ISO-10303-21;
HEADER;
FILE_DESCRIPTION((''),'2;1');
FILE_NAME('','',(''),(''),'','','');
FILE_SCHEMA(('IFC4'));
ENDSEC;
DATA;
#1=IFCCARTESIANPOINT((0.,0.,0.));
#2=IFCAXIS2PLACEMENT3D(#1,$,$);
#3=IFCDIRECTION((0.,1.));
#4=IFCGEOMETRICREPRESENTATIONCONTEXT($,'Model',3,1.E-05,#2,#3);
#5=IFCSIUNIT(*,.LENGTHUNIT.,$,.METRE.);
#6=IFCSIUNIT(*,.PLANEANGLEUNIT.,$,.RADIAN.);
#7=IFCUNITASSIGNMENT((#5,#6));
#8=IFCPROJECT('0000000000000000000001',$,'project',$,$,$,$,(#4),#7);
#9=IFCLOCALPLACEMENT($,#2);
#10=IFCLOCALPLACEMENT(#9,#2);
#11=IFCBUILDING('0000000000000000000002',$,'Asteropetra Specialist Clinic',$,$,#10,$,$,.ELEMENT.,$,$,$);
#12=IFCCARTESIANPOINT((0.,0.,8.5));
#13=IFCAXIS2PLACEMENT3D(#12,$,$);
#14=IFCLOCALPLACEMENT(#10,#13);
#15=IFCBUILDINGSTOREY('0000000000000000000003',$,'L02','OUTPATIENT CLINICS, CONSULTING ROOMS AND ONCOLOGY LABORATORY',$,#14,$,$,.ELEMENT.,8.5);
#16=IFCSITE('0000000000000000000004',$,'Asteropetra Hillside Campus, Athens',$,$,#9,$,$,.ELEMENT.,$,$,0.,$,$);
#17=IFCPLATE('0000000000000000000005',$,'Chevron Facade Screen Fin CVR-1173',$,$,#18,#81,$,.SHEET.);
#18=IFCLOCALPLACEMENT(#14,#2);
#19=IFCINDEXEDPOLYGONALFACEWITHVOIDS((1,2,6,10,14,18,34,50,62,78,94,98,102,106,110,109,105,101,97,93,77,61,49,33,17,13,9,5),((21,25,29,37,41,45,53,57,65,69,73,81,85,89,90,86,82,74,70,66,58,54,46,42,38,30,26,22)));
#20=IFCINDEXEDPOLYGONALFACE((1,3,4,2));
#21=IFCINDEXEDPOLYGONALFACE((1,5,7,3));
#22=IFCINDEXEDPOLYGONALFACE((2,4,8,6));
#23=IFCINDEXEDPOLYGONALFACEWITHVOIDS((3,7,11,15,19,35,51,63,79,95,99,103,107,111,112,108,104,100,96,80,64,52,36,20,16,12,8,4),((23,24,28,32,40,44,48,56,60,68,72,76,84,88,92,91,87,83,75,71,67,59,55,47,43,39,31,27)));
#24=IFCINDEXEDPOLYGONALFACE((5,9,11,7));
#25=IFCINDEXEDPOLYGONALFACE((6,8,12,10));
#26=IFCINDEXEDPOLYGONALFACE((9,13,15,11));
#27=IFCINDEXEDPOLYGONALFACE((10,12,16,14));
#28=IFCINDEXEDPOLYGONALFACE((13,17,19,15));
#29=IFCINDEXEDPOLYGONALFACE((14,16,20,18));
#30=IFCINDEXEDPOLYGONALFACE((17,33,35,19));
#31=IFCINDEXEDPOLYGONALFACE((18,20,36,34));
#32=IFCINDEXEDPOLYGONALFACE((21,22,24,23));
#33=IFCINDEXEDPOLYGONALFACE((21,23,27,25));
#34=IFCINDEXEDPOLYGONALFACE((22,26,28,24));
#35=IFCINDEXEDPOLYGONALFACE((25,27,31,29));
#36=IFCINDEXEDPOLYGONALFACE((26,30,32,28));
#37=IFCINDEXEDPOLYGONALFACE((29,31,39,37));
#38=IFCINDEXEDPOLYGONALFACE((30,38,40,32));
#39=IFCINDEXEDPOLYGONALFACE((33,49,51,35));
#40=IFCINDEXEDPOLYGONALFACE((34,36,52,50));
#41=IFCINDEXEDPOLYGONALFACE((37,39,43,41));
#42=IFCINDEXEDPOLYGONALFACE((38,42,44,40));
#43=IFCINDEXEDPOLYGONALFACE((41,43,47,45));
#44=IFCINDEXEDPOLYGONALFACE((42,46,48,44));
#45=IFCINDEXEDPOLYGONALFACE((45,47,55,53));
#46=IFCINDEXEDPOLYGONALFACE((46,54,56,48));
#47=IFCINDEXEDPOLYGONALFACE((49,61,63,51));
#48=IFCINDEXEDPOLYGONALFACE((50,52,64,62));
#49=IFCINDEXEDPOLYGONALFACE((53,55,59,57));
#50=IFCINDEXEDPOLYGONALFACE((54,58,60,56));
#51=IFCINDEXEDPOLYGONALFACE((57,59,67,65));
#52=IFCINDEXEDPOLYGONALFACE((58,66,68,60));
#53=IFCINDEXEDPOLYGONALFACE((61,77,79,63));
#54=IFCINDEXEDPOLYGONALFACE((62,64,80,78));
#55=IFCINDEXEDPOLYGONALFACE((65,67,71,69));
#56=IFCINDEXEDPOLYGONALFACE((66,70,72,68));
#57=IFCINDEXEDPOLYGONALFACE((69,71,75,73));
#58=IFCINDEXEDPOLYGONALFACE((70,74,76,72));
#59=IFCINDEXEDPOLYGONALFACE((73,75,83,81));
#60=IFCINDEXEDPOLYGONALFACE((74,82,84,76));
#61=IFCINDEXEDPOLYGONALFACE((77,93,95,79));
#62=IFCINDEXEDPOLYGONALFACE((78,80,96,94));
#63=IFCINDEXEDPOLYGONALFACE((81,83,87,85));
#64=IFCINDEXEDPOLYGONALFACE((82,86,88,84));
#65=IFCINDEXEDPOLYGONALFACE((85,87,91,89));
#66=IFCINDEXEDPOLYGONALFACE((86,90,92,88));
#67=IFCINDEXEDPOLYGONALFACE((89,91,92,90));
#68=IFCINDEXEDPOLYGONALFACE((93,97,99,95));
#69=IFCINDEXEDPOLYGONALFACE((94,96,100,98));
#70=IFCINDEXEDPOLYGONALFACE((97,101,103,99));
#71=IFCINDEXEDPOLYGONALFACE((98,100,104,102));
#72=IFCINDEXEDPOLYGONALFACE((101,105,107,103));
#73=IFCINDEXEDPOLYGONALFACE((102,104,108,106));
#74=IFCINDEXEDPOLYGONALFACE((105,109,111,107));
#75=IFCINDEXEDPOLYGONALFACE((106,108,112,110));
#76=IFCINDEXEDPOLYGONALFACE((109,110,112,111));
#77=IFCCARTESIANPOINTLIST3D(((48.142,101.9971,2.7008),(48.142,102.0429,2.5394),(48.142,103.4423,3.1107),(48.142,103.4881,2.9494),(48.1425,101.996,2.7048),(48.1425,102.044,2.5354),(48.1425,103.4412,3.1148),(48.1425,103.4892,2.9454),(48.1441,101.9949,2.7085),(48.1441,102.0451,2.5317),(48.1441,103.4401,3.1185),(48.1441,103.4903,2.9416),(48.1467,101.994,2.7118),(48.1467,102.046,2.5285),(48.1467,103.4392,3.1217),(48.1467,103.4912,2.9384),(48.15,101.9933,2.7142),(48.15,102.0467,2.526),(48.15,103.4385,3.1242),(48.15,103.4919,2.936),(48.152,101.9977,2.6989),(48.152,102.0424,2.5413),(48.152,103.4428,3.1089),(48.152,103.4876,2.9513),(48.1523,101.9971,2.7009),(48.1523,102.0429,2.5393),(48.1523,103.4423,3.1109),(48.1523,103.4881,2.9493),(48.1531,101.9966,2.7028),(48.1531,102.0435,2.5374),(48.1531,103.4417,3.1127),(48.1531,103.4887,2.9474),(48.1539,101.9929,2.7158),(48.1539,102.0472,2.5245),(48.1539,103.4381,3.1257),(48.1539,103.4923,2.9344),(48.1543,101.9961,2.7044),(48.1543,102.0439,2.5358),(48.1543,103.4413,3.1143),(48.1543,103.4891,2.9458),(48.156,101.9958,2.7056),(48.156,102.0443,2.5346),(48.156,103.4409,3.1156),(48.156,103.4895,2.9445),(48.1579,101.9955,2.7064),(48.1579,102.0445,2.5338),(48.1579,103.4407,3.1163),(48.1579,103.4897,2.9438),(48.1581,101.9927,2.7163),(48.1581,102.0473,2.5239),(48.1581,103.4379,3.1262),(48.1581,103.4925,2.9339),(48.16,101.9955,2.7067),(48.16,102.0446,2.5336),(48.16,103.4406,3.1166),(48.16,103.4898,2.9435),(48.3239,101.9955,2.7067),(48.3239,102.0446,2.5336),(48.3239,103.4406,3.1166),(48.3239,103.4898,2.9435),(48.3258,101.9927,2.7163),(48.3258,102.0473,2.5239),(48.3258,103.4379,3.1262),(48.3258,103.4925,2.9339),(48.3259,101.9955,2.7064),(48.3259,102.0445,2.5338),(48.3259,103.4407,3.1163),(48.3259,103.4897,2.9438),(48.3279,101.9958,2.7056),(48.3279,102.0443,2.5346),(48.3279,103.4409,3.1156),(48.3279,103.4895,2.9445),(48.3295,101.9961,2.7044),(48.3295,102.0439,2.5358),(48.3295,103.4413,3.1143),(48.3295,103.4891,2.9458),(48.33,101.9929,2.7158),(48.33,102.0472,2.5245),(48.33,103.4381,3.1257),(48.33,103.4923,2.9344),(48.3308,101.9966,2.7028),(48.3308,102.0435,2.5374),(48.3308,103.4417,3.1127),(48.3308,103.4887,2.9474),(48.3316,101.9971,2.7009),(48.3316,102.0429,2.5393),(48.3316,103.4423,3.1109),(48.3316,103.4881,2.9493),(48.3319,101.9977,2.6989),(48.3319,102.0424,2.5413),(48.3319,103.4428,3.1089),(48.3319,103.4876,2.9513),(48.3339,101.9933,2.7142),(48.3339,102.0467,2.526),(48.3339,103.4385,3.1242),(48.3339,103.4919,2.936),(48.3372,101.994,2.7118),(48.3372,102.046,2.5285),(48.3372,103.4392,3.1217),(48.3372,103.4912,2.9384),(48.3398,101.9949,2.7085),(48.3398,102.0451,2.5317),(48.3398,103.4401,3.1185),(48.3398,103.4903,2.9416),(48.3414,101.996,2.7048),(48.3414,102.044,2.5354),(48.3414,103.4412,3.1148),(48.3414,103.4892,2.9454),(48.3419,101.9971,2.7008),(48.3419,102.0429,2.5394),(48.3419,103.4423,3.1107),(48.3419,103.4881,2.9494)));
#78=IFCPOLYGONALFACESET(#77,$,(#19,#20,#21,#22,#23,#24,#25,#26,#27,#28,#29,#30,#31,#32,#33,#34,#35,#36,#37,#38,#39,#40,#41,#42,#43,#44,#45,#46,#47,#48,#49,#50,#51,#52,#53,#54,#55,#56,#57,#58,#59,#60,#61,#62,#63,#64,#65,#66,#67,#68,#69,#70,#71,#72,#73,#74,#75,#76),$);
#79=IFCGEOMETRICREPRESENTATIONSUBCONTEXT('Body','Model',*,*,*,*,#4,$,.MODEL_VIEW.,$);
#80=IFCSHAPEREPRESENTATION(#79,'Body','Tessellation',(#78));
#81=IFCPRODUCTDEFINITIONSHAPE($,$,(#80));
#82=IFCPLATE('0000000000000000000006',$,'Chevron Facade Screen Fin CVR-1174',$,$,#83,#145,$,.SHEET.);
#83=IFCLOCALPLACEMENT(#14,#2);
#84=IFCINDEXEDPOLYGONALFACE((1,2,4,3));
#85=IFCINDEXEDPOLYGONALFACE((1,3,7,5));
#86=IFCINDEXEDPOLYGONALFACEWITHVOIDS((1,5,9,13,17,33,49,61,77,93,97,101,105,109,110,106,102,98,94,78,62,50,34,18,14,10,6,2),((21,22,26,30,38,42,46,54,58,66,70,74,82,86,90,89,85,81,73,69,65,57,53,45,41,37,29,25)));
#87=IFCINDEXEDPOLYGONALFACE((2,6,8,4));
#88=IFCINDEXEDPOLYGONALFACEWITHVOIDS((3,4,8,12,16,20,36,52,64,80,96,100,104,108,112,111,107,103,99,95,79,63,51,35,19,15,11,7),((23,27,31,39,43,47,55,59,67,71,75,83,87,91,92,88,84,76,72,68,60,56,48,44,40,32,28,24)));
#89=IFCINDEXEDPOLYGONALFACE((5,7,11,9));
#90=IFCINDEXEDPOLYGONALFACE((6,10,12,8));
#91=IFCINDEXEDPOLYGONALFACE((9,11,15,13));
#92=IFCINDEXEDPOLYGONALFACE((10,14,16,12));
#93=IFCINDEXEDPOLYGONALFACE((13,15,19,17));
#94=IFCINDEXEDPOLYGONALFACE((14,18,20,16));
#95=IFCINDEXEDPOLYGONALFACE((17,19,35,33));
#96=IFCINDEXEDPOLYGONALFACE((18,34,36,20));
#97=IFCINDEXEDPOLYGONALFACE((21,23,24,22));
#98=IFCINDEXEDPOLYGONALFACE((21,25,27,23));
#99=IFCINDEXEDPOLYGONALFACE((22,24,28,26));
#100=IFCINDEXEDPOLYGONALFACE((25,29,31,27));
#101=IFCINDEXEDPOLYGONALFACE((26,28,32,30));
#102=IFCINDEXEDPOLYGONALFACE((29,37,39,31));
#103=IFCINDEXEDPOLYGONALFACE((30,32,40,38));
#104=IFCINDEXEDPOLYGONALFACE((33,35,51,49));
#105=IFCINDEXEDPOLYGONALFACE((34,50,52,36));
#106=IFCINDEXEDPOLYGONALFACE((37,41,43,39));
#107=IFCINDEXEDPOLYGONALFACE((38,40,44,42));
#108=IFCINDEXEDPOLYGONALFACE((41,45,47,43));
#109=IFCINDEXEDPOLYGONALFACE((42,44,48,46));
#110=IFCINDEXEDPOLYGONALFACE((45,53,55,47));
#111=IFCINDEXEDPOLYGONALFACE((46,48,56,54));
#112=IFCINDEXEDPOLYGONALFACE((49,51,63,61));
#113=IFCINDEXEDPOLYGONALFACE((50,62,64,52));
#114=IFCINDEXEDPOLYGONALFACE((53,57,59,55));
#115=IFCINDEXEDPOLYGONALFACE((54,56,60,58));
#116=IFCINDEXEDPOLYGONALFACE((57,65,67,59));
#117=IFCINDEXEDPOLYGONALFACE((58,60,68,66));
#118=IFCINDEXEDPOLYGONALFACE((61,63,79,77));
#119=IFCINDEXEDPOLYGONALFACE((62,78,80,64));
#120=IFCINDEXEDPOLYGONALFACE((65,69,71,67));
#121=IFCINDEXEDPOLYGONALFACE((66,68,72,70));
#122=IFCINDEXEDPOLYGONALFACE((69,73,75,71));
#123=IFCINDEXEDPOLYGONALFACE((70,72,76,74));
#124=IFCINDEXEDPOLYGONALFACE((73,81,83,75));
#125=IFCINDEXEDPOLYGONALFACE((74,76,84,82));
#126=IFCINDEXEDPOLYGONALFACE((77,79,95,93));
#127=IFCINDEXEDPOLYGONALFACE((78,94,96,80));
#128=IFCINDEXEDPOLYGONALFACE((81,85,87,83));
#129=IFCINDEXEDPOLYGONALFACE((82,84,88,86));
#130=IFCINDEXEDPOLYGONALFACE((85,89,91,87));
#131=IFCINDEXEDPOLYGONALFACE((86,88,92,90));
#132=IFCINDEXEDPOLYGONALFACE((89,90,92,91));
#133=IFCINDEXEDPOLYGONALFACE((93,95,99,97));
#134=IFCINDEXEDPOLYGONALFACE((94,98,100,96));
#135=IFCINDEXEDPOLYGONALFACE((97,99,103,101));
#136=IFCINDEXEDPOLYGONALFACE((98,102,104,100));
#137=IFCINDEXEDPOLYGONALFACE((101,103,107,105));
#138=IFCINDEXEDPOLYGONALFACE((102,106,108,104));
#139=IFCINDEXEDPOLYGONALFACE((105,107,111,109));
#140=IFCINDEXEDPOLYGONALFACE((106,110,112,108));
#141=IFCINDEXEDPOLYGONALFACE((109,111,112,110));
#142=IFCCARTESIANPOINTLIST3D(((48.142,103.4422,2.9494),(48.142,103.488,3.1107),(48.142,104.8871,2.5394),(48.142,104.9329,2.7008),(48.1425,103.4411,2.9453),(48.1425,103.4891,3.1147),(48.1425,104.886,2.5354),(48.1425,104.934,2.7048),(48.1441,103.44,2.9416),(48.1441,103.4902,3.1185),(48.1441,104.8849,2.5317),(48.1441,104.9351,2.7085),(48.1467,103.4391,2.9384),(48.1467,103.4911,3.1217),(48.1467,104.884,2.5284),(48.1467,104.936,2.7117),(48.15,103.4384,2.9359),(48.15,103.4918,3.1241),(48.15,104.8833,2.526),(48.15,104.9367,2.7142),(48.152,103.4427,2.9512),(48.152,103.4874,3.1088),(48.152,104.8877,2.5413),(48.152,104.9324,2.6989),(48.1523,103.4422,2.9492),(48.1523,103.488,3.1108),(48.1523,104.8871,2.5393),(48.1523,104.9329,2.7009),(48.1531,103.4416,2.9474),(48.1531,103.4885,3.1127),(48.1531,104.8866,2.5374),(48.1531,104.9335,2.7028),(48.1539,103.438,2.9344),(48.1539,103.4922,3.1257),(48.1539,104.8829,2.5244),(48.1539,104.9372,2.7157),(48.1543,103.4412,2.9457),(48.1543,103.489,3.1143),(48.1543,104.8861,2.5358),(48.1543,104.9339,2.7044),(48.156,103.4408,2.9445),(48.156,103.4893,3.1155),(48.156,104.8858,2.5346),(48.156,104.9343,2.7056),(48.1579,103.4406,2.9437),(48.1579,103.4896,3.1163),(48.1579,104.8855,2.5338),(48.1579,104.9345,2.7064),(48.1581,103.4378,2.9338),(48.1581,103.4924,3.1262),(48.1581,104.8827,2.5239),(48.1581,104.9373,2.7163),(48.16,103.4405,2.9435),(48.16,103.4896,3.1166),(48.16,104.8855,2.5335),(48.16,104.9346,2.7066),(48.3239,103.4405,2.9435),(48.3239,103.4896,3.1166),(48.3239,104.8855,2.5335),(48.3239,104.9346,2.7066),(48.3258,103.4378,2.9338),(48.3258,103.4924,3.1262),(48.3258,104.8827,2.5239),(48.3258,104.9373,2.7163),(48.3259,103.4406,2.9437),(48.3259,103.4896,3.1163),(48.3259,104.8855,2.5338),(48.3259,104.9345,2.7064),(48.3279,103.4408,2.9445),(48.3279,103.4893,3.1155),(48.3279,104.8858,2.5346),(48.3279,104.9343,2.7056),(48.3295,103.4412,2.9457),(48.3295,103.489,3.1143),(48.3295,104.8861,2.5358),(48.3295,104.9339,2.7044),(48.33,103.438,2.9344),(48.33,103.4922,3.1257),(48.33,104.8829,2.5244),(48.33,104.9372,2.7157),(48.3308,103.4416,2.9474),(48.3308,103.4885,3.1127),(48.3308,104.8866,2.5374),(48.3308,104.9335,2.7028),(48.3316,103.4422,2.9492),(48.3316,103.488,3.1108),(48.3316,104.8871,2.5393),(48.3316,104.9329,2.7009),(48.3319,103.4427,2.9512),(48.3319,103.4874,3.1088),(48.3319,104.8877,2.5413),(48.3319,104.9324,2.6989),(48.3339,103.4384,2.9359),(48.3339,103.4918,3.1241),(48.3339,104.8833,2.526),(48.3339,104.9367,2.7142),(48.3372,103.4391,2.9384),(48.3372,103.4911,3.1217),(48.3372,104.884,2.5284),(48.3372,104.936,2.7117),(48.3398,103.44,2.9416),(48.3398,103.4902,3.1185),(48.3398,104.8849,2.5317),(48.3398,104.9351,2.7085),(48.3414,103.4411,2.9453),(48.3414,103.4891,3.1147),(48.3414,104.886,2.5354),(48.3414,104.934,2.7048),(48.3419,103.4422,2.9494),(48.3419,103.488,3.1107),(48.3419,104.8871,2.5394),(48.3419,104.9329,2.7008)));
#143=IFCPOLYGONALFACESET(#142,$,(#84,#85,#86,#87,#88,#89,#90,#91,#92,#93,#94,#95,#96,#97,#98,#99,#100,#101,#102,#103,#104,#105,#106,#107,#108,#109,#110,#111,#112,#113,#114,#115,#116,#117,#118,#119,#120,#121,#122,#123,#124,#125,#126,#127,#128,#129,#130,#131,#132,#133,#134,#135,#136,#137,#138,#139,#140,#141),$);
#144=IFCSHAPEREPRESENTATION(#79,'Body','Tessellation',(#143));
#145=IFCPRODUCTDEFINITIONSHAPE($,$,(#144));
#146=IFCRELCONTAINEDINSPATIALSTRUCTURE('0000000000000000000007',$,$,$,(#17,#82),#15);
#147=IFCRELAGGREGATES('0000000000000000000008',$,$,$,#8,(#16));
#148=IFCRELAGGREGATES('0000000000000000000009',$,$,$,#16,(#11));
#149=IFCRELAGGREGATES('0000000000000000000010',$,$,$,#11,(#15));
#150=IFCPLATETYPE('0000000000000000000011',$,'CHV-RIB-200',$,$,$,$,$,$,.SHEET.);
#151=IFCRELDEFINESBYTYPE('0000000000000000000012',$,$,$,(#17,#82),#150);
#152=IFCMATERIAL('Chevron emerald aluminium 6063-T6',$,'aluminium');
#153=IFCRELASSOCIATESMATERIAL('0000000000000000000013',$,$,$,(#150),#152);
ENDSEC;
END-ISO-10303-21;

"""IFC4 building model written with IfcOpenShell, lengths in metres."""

from ifc_helpers import new_model, si_unit, direction, frame, origin, origin_2d, place, context, subcontext, project, spatial, hollow_rectangle, extrude, material, material_profile, profile_set, type_object, element, save


model = new_model("IFC4")

# Units and contexts
model_context = context("Model", 3, precision=1e-05, world=origin(), true_north=direction((0.0, 1.0)))
body_context = subcontext(model_context, "Body", "Model", "MODEL_VIEW")
ifc_project = project(units=[si_unit("LENGTHUNIT", "METRE"), si_unit("PLANEANGLEUNIT", "RADIAN")], contexts=[model_context])

# Site, building, storey
site_placement = place(None, origin())
site = spatial("IfcSite", under=ifc_project, at=site_placement, Name="Asteropetra Hillside Campus, Athens", CompositionType="ELEMENT", RefElevation=0.0)
building_placement = place(site_placement, origin())
building = spatial("IfcBuilding", under=site, at=building_placement, Name="Asteropetra Specialist Clinic", CompositionType="ELEMENT")
storey_placement = place(building_placement, frame((0.0, 0.0, 8.5)))
storey = spatial("IfcBuildingStorey", under=building, at=storey_placement, Name="L02", Description="OUTPATIENT CLINICS, CONSULTING ROOMS AND ONCOLOGY LABORATORY", CompositionType="ELEMENT", Elevation=8.5)

# Plates
ifc_material_1 = material(Name="Chevron emerald aluminium 6063-T6", Category="aluminium")
ifc_material_profile_1 = material_profile(ifc_material_1, hollow_rectangle(XDim=0.2, YDim=0.2, WallThickness=0.01, InnerFilletRadius=0.0081, OuterFilletRadius=0.0161, at=origin_2d()), Name="SHS 200x200x10.0")
ifc_profile_set_1 = profile_set([ifc_material_profile_1], Name="Chevron emerald aluminium 6063-T6")
plate_type_1 = type_object("IfcPlateType", Name="CHV-RIB-200", PredefinedType="SHEET", material=ifc_profile_set_1)
for number, where, z_axis, x_axis, name in (
    (1, (48.2419, 102.02, 2.6201), (0.0, 0.962044, 0.272896), (-1.0, 0.0, 0.0), "Chevron Facade Screen Fin CVR-1173"),
):
    element("IfcPlate", number, at=place(storey_placement, frame(where, z_axis=z_axis, x_axis=x_axis)), inside=storey, type_object=plate_type_1, Name=name, PredefinedType="SHEET", context=body_context, shape_type="SweptSolid", body=[
        extrude(hollow_rectangle(XDim=0.2, YDim=0.2, WallThickness=0.01, InnerFilletRadius=0.0081, OuterFilletRadius=0.0161, at=origin_2d()), origin(), (0.0, 0.0, 1.0), 1.5022),
    ])
plate_1_placement = place(storey_placement, frame((48.2419, 103.4651, 3.03), z_axis=(0.0, 0.962031, -0.272939), x_axis=(-1.0, 0.0, 0.0)))
element("IfcPlate", 2, at=plate_1_placement, inside=storey, type_object=plate_type_1, Name="Chevron Facade Screen Fin CVR-1174", PredefinedType="SHEET", context=body_context, shape_type="SweptSolid", body=[
    extrude(hollow_rectangle(XDim=0.2, YDim=0.2, WallThickness=0.01, InnerFilletRadius=0.0081, OuterFilletRadius=0.0161, at=origin_2d()), origin(), (0.0, 0.0, 1.0), 1.502),
])

save(model, "model.ifc")
